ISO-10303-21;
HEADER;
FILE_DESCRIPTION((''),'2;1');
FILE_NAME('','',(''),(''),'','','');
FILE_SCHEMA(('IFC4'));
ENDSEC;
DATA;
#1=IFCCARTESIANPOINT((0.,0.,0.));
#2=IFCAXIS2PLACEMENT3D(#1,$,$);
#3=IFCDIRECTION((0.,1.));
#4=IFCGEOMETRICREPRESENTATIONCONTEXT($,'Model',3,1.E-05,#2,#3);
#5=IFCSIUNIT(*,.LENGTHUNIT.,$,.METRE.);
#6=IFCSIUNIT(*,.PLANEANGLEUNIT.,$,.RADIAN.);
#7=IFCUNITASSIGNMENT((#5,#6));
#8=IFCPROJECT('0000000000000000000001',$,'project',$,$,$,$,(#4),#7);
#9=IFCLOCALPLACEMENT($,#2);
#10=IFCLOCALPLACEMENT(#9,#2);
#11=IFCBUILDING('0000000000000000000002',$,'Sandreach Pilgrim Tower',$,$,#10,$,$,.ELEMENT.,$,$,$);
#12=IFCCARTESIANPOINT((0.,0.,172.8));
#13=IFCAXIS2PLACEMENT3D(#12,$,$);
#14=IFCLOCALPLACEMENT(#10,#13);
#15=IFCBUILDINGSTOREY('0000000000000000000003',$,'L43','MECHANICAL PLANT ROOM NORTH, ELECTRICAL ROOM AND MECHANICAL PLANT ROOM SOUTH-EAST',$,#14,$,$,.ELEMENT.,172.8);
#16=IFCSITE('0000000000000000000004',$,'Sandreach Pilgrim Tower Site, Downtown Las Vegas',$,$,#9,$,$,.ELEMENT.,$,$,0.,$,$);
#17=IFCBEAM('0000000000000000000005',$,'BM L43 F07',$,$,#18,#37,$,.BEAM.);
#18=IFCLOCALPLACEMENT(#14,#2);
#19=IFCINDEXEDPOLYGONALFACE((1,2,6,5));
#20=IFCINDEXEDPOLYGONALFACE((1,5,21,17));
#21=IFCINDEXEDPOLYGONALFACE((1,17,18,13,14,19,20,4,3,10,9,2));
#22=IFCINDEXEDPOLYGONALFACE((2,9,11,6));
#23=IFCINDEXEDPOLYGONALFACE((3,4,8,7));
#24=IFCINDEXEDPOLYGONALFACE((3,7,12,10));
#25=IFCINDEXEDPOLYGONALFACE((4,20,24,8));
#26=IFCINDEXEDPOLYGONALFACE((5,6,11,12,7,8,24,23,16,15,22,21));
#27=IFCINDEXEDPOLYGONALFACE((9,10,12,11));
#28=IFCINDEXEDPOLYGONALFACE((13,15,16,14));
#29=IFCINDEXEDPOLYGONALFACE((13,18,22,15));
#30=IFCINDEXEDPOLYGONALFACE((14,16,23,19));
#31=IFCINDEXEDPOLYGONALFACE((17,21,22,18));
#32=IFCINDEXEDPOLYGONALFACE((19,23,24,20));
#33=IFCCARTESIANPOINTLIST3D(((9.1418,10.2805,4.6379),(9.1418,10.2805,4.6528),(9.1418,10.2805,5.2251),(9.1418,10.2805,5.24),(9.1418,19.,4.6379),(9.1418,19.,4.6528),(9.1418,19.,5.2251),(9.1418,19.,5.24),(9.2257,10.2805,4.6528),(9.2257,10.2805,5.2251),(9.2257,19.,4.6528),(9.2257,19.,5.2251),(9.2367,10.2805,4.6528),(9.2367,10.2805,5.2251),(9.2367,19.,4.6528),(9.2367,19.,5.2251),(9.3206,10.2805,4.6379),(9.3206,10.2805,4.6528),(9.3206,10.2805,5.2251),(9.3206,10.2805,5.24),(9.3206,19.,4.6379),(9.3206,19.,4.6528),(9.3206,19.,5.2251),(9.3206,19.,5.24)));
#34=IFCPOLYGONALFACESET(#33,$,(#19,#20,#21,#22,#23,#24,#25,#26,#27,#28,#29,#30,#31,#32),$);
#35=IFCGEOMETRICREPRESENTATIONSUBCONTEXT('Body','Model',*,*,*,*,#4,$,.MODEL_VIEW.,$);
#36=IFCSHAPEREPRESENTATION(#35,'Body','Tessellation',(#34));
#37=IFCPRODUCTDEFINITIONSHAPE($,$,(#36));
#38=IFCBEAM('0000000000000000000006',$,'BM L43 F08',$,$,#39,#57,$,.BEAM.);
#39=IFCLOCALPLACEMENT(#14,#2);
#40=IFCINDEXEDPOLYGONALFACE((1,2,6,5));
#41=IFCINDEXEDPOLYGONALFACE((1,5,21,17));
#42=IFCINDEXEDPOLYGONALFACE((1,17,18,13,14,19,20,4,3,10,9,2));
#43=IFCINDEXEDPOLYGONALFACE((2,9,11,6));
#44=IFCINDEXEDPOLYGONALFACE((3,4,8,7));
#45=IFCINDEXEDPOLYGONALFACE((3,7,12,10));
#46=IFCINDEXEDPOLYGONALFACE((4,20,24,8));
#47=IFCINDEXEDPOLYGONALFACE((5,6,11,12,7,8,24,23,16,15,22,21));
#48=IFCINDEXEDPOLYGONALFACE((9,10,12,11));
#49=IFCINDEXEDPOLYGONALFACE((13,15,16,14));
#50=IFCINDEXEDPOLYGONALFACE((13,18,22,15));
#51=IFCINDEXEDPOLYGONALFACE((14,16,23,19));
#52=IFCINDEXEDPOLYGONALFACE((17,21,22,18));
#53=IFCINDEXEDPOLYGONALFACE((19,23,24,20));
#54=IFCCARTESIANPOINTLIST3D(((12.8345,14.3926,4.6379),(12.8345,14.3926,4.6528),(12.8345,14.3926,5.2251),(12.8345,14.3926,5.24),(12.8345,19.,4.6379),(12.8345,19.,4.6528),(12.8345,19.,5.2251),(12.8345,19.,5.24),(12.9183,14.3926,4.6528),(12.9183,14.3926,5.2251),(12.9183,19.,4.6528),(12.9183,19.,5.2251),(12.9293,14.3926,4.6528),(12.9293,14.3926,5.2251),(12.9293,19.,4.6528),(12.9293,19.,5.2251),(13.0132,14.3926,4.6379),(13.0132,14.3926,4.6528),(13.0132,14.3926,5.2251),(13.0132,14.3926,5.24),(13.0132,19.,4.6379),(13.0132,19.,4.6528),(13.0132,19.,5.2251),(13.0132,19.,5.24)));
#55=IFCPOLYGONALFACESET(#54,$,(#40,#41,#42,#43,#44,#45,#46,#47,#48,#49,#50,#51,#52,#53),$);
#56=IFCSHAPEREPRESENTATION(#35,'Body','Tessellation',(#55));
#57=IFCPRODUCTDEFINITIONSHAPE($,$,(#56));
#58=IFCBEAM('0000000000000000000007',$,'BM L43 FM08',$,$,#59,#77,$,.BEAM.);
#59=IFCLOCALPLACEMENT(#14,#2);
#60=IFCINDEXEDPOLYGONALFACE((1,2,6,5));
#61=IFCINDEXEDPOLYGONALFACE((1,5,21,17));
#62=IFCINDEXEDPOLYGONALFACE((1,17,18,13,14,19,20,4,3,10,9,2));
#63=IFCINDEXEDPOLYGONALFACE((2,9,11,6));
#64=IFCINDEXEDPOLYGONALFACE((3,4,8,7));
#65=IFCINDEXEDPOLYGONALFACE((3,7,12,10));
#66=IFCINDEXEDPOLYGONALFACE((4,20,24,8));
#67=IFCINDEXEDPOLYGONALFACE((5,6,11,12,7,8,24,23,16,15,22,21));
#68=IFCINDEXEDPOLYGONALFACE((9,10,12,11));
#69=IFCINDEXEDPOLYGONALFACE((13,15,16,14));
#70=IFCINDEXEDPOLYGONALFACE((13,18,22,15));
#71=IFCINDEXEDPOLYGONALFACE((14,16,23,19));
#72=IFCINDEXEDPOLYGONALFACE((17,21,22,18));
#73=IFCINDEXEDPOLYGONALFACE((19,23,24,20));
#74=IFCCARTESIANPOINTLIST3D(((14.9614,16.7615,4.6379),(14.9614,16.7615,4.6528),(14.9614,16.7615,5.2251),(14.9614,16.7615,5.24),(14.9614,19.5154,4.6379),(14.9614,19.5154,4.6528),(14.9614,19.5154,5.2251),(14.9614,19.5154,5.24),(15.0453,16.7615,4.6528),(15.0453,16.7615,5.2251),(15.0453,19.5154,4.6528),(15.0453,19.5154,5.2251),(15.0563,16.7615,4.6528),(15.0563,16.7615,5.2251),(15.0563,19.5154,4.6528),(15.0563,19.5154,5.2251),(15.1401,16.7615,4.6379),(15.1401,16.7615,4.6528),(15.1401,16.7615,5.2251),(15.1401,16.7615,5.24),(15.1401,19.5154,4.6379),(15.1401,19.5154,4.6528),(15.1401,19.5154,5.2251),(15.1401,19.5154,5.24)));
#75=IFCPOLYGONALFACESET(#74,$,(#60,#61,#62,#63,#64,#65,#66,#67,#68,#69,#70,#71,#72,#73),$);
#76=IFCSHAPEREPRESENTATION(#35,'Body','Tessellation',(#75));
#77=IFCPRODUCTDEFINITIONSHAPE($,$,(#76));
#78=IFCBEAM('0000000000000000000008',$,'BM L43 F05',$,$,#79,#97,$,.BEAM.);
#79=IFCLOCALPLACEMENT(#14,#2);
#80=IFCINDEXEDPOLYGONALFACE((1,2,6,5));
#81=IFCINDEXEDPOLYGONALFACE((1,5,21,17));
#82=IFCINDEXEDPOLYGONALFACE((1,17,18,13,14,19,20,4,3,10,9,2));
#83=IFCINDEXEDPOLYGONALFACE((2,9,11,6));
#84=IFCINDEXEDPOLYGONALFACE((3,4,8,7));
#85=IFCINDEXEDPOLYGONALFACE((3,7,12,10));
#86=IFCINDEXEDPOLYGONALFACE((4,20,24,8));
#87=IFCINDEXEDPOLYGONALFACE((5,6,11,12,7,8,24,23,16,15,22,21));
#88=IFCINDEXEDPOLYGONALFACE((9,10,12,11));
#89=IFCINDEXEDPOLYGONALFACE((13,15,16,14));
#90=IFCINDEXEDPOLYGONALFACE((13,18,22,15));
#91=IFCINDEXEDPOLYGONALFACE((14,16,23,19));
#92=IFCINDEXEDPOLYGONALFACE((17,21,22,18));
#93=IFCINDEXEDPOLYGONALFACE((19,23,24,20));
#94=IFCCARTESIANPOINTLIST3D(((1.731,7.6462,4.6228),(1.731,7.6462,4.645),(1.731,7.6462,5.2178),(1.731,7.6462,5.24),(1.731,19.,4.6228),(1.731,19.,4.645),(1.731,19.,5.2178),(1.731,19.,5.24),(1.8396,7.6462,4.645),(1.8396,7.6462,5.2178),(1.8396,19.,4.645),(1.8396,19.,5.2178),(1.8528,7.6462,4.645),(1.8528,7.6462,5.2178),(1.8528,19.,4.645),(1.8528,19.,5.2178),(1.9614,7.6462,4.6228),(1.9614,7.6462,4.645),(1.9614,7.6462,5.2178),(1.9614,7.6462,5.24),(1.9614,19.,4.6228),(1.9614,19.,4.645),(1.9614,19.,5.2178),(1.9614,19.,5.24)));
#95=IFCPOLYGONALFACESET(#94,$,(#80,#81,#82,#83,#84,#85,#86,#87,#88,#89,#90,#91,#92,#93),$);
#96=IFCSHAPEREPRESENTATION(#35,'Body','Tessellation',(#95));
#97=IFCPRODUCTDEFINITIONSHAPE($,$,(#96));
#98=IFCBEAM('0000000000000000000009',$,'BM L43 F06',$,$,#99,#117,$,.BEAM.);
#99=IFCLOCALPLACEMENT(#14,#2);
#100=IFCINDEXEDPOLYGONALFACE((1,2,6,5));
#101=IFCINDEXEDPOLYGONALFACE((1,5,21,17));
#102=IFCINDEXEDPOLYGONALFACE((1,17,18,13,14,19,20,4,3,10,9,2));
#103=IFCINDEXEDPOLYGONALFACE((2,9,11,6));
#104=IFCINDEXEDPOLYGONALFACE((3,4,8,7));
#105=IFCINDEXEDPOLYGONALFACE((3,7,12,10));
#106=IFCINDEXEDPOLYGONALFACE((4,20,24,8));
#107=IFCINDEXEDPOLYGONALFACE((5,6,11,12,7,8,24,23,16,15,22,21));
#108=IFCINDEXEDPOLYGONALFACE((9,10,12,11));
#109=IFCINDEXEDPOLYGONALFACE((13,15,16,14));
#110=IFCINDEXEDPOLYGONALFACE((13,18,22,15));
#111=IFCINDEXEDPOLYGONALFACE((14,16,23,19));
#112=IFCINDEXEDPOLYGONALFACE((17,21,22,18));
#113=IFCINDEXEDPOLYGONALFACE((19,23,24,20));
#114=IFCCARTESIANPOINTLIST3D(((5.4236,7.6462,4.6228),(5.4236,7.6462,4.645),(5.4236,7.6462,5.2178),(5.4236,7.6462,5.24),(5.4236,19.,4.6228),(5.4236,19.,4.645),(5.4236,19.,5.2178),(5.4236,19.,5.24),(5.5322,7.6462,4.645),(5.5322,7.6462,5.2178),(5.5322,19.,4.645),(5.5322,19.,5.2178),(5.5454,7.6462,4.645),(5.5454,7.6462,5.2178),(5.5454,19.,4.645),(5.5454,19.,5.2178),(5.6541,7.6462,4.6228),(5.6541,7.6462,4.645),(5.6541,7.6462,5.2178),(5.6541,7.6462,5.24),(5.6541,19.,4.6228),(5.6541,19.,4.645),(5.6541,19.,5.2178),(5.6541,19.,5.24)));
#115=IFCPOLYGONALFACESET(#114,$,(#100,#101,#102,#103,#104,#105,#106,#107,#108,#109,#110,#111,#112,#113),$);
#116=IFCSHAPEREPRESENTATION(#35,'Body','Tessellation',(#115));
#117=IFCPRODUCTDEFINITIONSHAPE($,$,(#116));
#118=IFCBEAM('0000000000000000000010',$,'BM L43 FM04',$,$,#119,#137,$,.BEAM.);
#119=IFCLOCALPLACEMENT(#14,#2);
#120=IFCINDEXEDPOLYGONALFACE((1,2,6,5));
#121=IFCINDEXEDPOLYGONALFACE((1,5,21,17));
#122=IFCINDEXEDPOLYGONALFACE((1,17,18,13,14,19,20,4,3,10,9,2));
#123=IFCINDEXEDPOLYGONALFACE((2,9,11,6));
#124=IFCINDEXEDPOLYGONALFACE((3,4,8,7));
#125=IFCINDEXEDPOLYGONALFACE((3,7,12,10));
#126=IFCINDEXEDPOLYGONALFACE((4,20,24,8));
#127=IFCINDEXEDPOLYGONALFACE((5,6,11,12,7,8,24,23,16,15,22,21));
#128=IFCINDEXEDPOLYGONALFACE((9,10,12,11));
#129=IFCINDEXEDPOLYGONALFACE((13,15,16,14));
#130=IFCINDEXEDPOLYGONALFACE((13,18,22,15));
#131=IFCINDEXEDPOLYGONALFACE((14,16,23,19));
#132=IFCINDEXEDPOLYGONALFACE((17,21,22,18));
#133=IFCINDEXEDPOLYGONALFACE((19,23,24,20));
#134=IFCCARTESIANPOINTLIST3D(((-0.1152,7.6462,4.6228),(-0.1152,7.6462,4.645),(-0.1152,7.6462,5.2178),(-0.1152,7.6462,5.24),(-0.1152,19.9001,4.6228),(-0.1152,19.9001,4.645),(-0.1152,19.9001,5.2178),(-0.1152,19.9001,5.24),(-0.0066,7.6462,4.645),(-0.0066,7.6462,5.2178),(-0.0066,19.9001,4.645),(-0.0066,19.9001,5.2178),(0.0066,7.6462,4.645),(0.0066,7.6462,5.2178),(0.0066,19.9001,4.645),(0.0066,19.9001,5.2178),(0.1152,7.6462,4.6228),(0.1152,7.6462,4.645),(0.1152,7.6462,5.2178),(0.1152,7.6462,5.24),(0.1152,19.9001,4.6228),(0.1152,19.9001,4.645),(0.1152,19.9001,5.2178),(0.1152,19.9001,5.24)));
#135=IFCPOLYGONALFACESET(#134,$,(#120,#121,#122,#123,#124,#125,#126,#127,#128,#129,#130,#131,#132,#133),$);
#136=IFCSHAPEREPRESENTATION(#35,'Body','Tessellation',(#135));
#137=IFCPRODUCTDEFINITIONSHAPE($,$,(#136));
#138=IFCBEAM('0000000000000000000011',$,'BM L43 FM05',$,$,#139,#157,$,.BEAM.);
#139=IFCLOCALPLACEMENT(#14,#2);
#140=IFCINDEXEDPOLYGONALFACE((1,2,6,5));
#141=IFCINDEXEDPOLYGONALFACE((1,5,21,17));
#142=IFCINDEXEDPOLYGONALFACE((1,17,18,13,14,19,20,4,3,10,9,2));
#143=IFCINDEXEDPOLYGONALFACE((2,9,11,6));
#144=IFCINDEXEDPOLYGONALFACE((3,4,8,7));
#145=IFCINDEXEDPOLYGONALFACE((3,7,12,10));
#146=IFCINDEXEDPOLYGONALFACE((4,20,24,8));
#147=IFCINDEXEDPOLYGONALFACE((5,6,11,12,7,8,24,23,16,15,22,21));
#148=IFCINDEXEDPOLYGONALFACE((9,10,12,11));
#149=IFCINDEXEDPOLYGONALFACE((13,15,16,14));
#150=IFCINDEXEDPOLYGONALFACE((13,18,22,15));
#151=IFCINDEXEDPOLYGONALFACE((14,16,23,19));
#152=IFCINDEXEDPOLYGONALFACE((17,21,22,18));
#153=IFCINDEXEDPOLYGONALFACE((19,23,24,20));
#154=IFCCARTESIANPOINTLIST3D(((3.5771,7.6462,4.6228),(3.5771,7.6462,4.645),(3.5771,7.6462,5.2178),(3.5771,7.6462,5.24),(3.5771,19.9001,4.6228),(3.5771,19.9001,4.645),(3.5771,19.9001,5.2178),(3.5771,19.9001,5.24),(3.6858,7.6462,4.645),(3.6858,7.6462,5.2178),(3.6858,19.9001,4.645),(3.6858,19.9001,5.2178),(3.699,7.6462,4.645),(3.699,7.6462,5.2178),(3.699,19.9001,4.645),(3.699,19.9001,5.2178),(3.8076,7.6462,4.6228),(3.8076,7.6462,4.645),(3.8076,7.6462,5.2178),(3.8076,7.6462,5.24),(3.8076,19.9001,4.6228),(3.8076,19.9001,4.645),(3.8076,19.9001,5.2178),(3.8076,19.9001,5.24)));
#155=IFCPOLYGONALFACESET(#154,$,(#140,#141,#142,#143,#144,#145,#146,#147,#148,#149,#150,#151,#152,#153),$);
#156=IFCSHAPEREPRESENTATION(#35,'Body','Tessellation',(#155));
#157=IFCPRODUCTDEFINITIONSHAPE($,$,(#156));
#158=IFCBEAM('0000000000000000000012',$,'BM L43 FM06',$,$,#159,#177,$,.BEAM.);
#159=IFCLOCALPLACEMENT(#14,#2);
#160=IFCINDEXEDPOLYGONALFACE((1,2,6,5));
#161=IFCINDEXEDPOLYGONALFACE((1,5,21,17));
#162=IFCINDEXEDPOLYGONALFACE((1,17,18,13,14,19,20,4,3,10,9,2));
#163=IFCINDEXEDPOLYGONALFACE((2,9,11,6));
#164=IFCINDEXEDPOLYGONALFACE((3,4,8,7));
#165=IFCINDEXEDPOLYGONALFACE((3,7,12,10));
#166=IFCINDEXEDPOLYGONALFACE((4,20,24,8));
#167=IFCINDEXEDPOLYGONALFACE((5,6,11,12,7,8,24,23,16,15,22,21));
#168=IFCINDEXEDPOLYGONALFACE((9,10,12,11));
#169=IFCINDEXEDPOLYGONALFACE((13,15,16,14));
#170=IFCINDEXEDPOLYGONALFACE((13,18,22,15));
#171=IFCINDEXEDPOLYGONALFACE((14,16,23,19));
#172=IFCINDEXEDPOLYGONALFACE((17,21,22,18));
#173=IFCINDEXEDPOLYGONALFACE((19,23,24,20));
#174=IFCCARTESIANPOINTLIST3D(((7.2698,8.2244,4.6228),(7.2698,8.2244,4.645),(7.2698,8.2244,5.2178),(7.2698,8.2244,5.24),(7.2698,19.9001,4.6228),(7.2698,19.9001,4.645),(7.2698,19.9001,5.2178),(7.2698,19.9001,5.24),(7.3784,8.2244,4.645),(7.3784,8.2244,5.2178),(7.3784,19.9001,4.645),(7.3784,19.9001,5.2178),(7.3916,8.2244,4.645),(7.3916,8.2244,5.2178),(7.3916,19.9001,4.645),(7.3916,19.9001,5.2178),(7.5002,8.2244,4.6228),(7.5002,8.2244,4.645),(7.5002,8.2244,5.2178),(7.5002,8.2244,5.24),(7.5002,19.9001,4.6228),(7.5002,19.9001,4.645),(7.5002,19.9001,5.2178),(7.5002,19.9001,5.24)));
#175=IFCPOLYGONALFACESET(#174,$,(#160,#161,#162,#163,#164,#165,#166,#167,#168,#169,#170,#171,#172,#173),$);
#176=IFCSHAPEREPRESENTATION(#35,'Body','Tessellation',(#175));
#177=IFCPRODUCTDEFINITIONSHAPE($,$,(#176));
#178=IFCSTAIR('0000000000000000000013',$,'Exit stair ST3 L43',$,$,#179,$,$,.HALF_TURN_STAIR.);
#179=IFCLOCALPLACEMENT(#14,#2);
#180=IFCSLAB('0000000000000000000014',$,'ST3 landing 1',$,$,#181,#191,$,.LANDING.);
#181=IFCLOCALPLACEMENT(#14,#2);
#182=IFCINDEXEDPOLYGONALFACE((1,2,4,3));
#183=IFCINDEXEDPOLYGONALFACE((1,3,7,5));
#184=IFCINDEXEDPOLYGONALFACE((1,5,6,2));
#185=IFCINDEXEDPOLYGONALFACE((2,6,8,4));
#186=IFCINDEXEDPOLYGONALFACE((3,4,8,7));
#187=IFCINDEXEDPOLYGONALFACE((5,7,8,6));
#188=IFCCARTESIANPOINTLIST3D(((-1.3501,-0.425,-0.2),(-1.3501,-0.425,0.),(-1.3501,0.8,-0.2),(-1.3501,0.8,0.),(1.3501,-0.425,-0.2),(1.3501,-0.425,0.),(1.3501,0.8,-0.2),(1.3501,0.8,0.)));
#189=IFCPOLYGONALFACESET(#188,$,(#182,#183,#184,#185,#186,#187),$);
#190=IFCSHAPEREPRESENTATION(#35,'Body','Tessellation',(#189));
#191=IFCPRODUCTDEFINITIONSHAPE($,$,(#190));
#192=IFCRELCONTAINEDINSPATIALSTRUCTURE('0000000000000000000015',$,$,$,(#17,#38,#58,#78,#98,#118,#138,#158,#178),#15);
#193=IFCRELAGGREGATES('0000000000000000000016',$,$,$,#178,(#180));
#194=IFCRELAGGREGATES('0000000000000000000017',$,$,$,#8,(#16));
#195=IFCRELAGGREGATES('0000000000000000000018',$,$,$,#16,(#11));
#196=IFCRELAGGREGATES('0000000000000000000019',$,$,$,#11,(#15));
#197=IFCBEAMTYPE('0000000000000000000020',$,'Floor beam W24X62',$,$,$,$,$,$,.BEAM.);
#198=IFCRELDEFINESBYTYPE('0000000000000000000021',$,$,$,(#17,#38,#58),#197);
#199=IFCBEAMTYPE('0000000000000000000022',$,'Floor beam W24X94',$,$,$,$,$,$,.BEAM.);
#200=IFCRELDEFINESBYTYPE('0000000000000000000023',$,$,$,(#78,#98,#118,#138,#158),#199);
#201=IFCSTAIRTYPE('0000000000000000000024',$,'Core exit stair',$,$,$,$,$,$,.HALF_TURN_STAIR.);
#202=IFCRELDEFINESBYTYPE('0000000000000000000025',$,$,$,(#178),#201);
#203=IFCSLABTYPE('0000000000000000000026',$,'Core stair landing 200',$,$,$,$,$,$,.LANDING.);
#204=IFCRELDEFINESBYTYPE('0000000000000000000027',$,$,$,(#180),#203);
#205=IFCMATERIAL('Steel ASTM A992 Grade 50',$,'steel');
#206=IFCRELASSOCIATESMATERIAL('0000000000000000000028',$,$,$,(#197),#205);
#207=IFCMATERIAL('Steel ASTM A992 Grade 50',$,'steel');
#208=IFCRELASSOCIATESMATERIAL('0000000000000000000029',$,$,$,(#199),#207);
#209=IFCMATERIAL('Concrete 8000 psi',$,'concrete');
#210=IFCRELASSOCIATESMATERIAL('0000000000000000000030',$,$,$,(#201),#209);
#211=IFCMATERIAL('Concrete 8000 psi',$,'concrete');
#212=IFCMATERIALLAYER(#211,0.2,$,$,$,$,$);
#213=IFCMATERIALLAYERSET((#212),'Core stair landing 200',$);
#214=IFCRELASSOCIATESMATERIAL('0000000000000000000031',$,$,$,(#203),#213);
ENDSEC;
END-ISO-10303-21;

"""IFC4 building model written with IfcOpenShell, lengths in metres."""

from ifc_helpers import new_model, si_unit, direction, frame, origin, origin_2d, place, context, subcontext, project, spatial, polyline, i_section, outline, extrude, material, layer, layer_set, material_profile, profile_set, type_object, element, aggregate, save


model = new_model("IFC4")

# Units and contexts
model_context = context("Model", 3, precision=1e-05, world=origin(), true_north=direction((0.0, 1.0)))
body_context = subcontext(model_context, "Body", "Model", "MODEL_VIEW")
ifc_project = project(units=[si_unit("LENGTHUNIT", "METRE"), si_unit("PLANEANGLEUNIT", "RADIAN")], contexts=[model_context])

# Site, building, storey
site_placement = place(None, origin())
site = spatial("IfcSite", under=ifc_project, at=site_placement, Name="Sandreach Pilgrim Tower Site, Downtown Las Vegas", CompositionType="ELEMENT", RefElevation=0.0)
building_placement = place(site_placement, origin())
building = spatial("IfcBuilding", under=site, at=building_placement, Name="Sandreach Pilgrim Tower", CompositionType="ELEMENT")
storey_placement = place(building_placement, frame((0.0, 0.0, 172.8)))
storey = spatial("IfcBuildingStorey", under=building, at=storey_placement, Name="L43", Description="MECHANICAL PLANT ROOM NORTH, ELECTRICAL ROOM AND MECHANICAL PLANT ROOM SOUTH-EAST", CompositionType="ELEMENT", Elevation=172.8)

# Beams
ifc_material_1 = material(Name="Steel ASTM A992 Grade 50", Category="steel")
ifc_material_profile_1 = material_profile(ifc_material_1, i_section(OverallWidth=0.1787, OverallDepth=0.6021, WebThickness=0.011, FlangeThickness=0.0149, at=origin_2d()), Name="W24X62")
ifc_profile_set_1 = profile_set([ifc_material_profile_1], Name="Steel ASTM A992 Grade 50")
beam_type_1 = type_object("IfcBeamType", Name="Floor beam W24X62", PredefinedType="BEAM", material=ifc_profile_set_1)
beam_1_placement = place(storey_placement, frame((9.2312, 19.0, 4.939), z_axis=(0.0, -1.0, 0.0), x_axis=(1.0, 0.0, 0.0)))
element("IfcBeam", 1, at=beam_1_placement, inside=storey, type_object=beam_type_1, Name="BM L43 F07", PredefinedType="BEAM", context=body_context, shape_type="SweptSolid", body=[
    extrude(i_section(OverallWidth=0.1787, OverallDepth=0.6021, WebThickness=0.011, FlangeThickness=0.0149, at=origin_2d()), origin(), (0.0, 0.0, 1.0), 8.7195),
])
beam_2_placement = place(storey_placement, frame((12.9238, 19.0, 4.939), z_axis=(0.0, -1.0, 0.0), x_axis=(1.0, 0.0, 0.0)))
element("IfcBeam", 2, at=beam_2_placement, inside=storey, type_object=beam_type_1, Name="BM L43 F08", PredefinedType="BEAM", context=body_context, shape_type="SweptSolid", body=[
    extrude(i_section(OverallWidth=0.1787, OverallDepth=0.6021, WebThickness=0.011, FlangeThickness=0.0149, at=origin_2d()), origin(), (0.0, 0.0, 1.0), 4.6074),
])
beam_3_placement = place(storey_placement, frame((15.0508, 19.5154, 4.939), z_axis=(0.0, -1.0, 0.0), x_axis=(1.0, 0.0, 0.0)))
element("IfcBeam", 3, at=beam_3_placement, inside=storey, type_object=beam_type_1, Name="BM L43 FM08", PredefinedType="BEAM", context=body_context, shape_type="SweptSolid", body=[
    extrude(i_section(OverallWidth=0.1787, OverallDepth=0.6021, WebThickness=0.011, FlangeThickness=0.0149, at=origin_2d()), origin(), (0.0, 0.0, 1.0), 2.7539),
])
ifc_material_2 = material(Name="Steel ASTM A992 Grade 50", Category="steel")
ifc_material_profile_2 = material_profile(ifc_material_2, i_section(OverallWidth=0.2305, OverallDepth=0.6172, WebThickness=0.0132, FlangeThickness=0.0222, at=origin_2d()), Name="W24X94")
ifc_profile_set_2 = profile_set([ifc_material_profile_2], Name="Steel ASTM A992 Grade 50")
beam_type_2 = type_object("IfcBeamType", Name="Floor beam W24X94", PredefinedType="BEAM", material=ifc_profile_set_2)
for number, where, z_axis, x_axis, name in (
    (4, (1.8462, 19.0, 4.9314), (0.0, -1.0, 0.0), (1.0, 0.0, 0.0), "BM L43 F05"),
    (5, (5.5388, 19.0, 4.9314), (0.0, -1.0, 0.0), (1.0, 0.0, 0.0), "BM L43 F06"),
):
    element("IfcBeam", number, at=place(storey_placement, frame(where, z_axis=z_axis, x_axis=x_axis)), inside=storey, type_object=beam_type_2, Name=name, PredefinedType="BEAM", context=body_context, shape_type="SweptSolid", body=[
        extrude(i_section(OverallWidth=0.2305, OverallDepth=0.6172, WebThickness=0.0132, FlangeThickness=0.0222, at=origin_2d()), origin(), (0.0, 0.0, 1.0), 11.3538),
    ])
for number, where, z_axis, x_axis, name in (
    (6, (0.0, 19.9001, 4.9314), (0.0, -1.0, 0.0), (1.0, 0.0, 0.0), "BM L43 FM04"),
    (7, (3.6924, 19.9001, 4.9314), (0.0, -1.0, 0.0), (1.0, 0.0, 0.0), "BM L43 FM05"),
):
    element("IfcBeam", number, at=place(storey_placement, frame(where, z_axis=z_axis, x_axis=x_axis)), inside=storey, type_object=beam_type_2, Name=name, PredefinedType="BEAM", context=body_context, shape_type="SweptSolid", body=[
        extrude(i_section(OverallWidth=0.2305, OverallDepth=0.6172, WebThickness=0.0132, FlangeThickness=0.0222, at=origin_2d()), origin(), (0.0, 0.0, 1.0), 12.2539),
    ])
beam_4_placement = place(storey_placement, frame((7.385, 19.9001, 4.9314), z_axis=(0.0, -1.0, 0.0), x_axis=(1.0, 0.0, 0.0)))
element("IfcBeam", 8, at=beam_4_placement, inside=storey, type_object=beam_type_2, Name="BM L43 FM06", PredefinedType="BEAM", context=body_context, shape_type="SweptSolid", body=[
    extrude(i_section(OverallWidth=0.2305, OverallDepth=0.6172, WebThickness=0.0132, FlangeThickness=0.0222, at=origin_2d()), origin(), (0.0, 0.0, 1.0), 11.6758),
])

# Stair, slab
ifc_material_3 = material(Name="Concrete 8000 psi", Category="concrete")
stair_type = type_object("IfcStairType", Name="Core exit stair", PredefinedType="HALF_TURN_STAIR", material=ifc_material_3)
stair_1_placement = place(storey_placement, origin())
stair_1 = element("IfcStair", 9, at=stair_1_placement, inside=storey, type_object=stair_type, Name="Exit stair ST3 L43", PredefinedType="HALF_TURN_STAIR")
ifc_material_4 = material(Name="Concrete 8000 psi", Category="concrete")
ifc_layer_1 = layer(ifc_material_4, 0.2)
ifc_layer_set_1 = layer_set([ifc_layer_1], Name="Core stair landing 200")
slab_type = type_object("IfcSlabType", Name="Core stair landing 200", PredefinedType="LANDING", material=ifc_layer_set_1)
slab_1_placement = place(storey_placement, frame((0.0, 0.0, -0.2)))
slab_1 = element("IfcSlab", 10, at=slab_1_placement, type_object=slab_type, Name="ST3 landing 1", PredefinedType="LANDING", context=body_context, shape_type="SweptSolid", body=[
    extrude(outline(polyline([(-1.3501, -0.425), (1.3501, -0.425), (1.3501, 0.8), (-1.3501, 0.8), (-1.3501, -0.425)])), origin(), (0.0, 0.0, 1.0), 0.2),
])
aggregate(stair_1, [slab_1])

save(model, "model.ifc")
